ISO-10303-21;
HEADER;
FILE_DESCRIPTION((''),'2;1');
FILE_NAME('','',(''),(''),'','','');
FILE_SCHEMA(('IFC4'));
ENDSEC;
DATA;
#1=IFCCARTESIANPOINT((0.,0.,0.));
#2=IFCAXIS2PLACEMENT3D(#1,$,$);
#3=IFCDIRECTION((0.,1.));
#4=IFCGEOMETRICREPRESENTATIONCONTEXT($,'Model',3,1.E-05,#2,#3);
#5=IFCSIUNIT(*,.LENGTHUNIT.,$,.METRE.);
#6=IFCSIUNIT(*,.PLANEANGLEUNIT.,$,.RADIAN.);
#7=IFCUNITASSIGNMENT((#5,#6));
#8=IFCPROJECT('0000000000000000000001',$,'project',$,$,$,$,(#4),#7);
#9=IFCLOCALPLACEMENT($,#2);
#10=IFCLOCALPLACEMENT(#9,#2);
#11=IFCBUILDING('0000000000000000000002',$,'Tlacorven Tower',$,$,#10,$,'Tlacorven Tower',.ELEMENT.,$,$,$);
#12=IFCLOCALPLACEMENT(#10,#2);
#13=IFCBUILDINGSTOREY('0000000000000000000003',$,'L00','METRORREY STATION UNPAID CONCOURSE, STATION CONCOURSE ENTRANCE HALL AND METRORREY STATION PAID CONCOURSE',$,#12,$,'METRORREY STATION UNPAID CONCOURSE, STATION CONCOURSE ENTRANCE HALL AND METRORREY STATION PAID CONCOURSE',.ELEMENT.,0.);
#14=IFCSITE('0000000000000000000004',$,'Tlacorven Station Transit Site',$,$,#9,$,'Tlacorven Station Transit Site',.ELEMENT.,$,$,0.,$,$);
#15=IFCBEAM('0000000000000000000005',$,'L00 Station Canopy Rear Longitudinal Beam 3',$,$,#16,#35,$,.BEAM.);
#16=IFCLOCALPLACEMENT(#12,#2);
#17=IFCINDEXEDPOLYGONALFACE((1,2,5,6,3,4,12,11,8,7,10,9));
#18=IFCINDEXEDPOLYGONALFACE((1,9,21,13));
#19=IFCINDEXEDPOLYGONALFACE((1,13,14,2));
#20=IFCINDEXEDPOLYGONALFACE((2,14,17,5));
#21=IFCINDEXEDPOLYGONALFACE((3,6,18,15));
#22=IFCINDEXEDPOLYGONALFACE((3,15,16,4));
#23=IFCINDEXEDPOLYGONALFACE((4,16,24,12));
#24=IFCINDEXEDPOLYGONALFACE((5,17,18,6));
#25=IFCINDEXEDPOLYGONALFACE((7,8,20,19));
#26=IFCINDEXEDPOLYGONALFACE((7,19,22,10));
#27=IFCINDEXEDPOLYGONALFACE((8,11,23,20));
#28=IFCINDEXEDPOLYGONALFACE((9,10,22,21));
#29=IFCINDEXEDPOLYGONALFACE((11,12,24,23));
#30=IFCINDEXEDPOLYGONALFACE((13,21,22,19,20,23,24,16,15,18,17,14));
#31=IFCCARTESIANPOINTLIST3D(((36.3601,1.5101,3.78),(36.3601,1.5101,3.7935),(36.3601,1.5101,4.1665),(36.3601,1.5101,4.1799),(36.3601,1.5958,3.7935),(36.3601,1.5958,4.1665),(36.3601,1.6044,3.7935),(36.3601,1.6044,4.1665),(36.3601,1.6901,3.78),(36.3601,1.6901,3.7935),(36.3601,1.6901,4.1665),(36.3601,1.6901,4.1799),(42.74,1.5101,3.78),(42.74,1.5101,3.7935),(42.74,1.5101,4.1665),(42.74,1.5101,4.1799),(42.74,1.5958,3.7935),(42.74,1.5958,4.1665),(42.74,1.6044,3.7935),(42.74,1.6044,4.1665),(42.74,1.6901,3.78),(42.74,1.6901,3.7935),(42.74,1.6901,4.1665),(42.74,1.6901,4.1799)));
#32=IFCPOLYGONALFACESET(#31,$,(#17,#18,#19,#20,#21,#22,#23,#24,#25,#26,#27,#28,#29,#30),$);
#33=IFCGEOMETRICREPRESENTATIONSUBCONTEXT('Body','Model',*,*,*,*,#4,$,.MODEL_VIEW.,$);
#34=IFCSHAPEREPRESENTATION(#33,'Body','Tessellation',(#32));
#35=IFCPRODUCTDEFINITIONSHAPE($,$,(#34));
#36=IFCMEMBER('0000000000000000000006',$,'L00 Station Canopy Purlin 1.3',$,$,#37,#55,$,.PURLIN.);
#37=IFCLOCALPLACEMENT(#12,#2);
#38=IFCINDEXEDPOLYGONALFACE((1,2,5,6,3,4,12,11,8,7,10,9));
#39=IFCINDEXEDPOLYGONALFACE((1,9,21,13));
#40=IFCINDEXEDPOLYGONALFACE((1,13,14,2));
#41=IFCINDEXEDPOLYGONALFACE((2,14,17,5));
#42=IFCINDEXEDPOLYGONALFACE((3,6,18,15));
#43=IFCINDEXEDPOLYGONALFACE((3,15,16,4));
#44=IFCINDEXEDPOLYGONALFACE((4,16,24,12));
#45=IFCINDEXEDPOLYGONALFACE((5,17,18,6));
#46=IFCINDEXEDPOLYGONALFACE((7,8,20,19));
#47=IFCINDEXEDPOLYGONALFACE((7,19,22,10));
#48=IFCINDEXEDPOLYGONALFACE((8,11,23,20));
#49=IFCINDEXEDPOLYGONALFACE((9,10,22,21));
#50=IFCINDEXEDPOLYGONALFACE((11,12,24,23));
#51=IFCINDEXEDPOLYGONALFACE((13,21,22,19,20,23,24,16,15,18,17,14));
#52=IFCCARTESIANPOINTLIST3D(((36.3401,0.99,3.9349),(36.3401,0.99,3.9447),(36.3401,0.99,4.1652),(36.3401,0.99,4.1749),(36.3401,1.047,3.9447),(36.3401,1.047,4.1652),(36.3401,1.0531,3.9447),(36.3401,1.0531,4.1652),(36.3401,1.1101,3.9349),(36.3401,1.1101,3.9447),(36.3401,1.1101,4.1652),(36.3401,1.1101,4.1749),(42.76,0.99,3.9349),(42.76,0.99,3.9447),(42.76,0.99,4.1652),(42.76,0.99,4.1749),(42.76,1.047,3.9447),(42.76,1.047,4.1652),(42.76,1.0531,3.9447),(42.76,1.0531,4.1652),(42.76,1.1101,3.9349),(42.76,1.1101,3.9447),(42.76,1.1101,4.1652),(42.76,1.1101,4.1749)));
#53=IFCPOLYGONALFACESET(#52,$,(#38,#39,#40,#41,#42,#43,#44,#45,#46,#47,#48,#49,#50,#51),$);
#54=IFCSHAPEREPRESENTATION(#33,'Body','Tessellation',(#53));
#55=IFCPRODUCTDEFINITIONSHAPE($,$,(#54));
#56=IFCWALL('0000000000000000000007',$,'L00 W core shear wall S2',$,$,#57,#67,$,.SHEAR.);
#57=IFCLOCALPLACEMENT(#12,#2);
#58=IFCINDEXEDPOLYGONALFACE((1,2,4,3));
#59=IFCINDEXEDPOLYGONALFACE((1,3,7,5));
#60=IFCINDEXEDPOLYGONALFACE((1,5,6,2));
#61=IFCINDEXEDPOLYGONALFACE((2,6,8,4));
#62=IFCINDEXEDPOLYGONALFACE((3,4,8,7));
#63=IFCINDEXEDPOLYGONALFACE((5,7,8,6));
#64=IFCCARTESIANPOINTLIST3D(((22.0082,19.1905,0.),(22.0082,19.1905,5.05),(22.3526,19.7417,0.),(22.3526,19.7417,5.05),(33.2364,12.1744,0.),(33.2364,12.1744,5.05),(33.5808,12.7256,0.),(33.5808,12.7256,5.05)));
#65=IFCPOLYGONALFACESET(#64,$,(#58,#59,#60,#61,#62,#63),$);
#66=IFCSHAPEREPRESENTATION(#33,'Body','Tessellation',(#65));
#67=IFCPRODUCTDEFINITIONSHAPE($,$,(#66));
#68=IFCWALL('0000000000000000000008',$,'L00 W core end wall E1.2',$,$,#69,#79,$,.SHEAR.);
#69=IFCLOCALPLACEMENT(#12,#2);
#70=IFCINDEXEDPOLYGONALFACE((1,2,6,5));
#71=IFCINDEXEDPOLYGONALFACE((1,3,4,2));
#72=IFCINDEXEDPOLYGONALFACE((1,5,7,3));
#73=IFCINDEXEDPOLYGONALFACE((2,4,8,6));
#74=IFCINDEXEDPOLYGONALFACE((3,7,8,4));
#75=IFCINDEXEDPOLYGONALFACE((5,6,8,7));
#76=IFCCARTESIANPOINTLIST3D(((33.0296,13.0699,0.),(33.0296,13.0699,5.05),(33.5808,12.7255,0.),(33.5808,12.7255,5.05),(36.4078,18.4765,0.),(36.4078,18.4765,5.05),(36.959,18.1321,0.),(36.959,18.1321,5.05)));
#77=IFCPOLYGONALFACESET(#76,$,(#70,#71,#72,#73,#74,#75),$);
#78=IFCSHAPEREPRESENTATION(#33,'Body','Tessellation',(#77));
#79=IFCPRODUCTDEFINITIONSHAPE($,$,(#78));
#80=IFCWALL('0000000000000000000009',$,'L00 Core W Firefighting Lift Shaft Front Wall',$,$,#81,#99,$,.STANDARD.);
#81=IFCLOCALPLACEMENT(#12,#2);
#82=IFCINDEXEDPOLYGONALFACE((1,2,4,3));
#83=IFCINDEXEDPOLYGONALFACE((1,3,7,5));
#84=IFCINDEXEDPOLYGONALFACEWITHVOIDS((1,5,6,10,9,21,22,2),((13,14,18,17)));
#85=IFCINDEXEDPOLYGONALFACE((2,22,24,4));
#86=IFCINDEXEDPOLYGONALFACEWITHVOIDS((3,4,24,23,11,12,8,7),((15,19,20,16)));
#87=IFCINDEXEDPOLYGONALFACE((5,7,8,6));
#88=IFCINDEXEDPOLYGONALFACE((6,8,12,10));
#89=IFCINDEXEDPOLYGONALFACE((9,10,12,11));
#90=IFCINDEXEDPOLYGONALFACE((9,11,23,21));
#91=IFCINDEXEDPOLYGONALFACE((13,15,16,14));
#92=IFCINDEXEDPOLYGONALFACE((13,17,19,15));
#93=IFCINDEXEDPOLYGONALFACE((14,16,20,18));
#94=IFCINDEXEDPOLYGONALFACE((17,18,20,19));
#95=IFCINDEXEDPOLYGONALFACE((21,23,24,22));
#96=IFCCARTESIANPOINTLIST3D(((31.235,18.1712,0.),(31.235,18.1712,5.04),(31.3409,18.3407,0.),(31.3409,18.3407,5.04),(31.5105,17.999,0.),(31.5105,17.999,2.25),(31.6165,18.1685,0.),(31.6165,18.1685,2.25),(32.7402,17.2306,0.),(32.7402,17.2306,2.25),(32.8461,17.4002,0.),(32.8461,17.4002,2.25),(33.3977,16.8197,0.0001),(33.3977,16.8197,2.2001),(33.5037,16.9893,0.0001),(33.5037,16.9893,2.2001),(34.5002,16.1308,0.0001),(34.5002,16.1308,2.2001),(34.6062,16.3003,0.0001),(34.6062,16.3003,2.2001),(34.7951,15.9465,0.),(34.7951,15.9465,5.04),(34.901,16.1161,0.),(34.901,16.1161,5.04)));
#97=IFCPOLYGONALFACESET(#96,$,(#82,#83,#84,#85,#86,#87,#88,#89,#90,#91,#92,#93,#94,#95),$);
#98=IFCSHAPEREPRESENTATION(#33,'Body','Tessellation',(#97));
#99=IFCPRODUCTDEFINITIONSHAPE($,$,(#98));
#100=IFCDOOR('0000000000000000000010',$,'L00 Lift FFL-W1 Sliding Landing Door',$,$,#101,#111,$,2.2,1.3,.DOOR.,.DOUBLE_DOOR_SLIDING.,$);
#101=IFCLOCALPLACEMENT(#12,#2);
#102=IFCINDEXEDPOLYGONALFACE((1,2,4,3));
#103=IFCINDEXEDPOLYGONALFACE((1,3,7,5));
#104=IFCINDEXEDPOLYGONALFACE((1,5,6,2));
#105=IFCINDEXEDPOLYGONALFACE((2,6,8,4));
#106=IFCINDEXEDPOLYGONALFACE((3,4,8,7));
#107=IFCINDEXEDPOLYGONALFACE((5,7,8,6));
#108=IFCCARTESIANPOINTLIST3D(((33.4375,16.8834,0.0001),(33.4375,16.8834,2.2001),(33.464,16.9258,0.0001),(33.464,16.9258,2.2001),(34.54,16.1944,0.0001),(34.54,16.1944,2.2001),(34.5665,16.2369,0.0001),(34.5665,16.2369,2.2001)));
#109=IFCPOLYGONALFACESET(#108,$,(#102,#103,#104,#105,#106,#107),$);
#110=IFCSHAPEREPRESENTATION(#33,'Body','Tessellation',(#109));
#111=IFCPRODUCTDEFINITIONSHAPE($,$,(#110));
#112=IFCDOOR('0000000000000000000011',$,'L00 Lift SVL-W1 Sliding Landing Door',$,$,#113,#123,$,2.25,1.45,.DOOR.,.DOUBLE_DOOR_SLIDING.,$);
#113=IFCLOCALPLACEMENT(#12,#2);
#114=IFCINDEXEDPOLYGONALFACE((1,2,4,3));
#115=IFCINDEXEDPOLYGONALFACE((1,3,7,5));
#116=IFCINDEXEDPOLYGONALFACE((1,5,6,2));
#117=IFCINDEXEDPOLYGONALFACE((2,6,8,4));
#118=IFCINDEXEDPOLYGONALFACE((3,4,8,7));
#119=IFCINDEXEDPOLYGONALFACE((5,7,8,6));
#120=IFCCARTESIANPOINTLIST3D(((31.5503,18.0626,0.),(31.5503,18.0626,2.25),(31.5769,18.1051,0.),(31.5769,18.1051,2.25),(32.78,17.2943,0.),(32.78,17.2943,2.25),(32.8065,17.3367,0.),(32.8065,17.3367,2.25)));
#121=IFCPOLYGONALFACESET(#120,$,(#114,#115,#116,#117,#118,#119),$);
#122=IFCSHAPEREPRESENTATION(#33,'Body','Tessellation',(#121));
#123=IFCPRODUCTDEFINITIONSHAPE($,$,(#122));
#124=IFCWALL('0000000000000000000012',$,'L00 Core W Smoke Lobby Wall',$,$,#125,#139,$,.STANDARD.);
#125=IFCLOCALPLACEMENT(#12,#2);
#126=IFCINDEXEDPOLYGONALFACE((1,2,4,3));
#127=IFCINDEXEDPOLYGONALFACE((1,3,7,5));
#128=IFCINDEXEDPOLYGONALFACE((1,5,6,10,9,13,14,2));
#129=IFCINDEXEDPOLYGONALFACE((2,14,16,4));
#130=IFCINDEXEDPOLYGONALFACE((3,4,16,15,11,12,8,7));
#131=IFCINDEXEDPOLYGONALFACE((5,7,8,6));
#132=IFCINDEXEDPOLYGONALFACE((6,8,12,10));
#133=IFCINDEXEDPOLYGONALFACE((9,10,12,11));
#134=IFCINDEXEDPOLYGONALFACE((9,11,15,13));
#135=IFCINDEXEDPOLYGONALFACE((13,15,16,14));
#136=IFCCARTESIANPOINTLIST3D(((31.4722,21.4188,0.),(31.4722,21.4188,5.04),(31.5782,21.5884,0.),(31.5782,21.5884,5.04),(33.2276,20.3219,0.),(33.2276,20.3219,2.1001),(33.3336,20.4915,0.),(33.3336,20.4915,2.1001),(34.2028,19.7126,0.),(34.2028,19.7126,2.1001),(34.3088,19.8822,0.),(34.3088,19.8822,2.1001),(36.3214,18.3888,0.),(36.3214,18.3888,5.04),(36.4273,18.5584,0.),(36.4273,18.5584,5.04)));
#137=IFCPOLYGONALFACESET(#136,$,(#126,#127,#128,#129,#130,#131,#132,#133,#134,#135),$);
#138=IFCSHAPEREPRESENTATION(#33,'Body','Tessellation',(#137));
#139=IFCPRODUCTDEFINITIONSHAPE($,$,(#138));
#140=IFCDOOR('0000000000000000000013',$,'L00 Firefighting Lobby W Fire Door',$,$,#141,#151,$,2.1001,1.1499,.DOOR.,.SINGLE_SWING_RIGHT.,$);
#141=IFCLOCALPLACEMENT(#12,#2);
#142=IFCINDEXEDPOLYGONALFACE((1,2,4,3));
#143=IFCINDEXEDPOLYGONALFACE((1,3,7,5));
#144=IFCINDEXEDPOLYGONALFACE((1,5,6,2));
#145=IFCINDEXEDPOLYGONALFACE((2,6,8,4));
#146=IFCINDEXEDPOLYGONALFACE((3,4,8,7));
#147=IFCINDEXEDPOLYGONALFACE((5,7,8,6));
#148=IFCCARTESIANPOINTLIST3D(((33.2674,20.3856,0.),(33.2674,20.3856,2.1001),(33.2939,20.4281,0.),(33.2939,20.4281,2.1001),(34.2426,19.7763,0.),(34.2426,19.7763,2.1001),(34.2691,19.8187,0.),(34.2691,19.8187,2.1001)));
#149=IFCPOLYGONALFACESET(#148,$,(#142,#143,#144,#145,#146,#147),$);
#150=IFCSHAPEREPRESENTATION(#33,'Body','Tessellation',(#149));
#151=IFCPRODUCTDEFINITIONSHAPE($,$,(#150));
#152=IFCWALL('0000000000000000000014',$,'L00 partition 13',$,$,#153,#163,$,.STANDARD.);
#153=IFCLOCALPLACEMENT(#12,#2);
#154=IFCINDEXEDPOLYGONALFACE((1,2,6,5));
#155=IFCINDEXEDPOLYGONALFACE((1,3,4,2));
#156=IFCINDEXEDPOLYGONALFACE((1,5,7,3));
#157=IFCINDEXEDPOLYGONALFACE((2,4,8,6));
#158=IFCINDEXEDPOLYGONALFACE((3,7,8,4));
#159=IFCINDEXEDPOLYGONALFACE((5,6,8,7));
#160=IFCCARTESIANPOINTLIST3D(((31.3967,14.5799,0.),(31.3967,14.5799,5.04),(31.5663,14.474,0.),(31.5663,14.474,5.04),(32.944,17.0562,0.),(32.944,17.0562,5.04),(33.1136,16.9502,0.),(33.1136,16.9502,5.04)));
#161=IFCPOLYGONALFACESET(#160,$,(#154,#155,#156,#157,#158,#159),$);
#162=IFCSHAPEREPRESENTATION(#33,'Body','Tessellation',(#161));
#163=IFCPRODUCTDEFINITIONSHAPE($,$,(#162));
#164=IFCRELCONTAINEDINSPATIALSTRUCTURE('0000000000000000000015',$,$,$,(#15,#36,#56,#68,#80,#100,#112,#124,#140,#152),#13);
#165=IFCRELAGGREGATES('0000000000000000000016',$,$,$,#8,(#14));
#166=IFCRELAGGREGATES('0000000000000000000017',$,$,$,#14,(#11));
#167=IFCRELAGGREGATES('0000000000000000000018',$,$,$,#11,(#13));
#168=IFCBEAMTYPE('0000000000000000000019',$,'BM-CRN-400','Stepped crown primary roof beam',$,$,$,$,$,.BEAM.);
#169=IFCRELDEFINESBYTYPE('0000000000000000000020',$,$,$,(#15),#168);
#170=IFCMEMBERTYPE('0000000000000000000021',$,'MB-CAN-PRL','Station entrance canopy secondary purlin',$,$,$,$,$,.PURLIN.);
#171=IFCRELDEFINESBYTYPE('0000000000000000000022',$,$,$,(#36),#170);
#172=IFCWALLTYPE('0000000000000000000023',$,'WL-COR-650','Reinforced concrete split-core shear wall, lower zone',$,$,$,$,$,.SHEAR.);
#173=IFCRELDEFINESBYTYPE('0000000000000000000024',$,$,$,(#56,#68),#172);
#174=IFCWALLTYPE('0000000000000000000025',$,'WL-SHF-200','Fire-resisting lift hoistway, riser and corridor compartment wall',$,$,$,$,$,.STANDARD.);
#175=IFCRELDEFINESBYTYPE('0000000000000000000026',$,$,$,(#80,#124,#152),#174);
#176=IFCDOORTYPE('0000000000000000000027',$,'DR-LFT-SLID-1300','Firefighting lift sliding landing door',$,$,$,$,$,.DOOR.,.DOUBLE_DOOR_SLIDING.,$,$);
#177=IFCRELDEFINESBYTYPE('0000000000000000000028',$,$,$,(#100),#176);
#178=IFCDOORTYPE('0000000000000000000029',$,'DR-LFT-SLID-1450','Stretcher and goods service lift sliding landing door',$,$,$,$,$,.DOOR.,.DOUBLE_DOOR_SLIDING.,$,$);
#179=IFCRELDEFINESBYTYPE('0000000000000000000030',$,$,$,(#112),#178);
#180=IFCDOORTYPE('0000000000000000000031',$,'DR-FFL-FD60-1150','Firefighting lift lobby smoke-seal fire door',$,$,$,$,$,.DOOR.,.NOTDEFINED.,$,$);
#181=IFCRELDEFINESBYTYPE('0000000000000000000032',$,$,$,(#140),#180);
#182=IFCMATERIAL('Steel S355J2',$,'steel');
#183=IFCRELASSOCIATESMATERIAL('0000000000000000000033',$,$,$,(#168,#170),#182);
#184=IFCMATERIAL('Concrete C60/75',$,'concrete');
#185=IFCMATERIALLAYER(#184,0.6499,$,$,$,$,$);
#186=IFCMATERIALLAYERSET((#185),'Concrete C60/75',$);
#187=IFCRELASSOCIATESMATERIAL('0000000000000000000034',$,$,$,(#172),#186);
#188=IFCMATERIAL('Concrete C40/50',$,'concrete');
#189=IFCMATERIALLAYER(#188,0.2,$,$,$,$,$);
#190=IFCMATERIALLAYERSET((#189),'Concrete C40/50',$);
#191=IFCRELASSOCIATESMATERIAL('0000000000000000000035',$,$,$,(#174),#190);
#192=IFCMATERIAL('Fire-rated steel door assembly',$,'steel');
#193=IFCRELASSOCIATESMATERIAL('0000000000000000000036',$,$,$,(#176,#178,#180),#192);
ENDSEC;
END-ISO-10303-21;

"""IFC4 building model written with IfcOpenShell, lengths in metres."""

from ifc_helpers import new_model, si_unit, direction, frame, frame_2d, origin, origin_2d, place, context, subcontext, project, spatial, rectangle, i_section, extrude, source, transform, mapped, material, layer, layer_set, material_profile, profile_set, type_object, element, fill, save


model = new_model("IFC4")

# Units and contexts
model_context = context("Model", 3, precision=1e-05, world=origin(), true_north=direction((0.0, 1.0)))
body_context = subcontext(model_context, "Body", "Model", "MODEL_VIEW")
ifc_project = project(units=[si_unit("LENGTHUNIT", "METRE"), si_unit("PLANEANGLEUNIT", "RADIAN")], contexts=[model_context])

# Site, building, storey
site_placement = place(None, origin())
site = spatial("IfcSite", under=ifc_project, at=site_placement, Name="Tlacorven Station Transit Site", LongName="Tlacorven Station Transit Site", CompositionType="ELEMENT", RefElevation=0.0)
building_placement = place(site_placement, origin())
building = spatial("IfcBuilding", under=site, at=building_placement, Name="Tlacorven Tower", LongName="Tlacorven Tower", CompositionType="ELEMENT")
storey_placement = place(building_placement, origin())
storey = spatial("IfcBuildingStorey", under=building, at=storey_placement, Name="L00", Description="METRORREY STATION UNPAID CONCOURSE, STATION CONCOURSE ENTRANCE HALL AND METRORREY STATION PAID CONCOURSE", LongName="METRORREY STATION UNPAID CONCOURSE, STATION CONCOURSE ENTRANCE HALL AND METRORREY STATION PAID CONCOURSE", CompositionType="ELEMENT", Elevation=0.0)

# Beam
ifc_material_1 = material(Name="Steel S355J2", Category="steel")
ifc_material_profile_1 = material_profile(ifc_material_1, i_section(OverallWidth=0.1799, OverallDepth=0.3999, WebThickness=0.0085, FlangeThickness=0.0134, at=origin_2d()), Name="IPE 400")
ifc_profile_set_1 = profile_set([ifc_material_profile_1], Name="Steel S355J2")
beam_type = type_object("IfcBeamType", Name="BM-CRN-400", Description="Stepped crown primary roof beam", PredefinedType="BEAM", material=ifc_profile_set_1)
shared_shape_1 = source(origin(), body_context, "Body", "SweptSolid", [
    extrude(i_section(OverallWidth=0.1799, OverallDepth=0.3999, WebThickness=0.0085, FlangeThickness=0.0134, at=origin_2d()), origin(), (0.0, 0.0, 1.0), 6.3799),
])
for number, where, z_axis, x_axis, name in (
    (1, (36.3601, 1.6001, 3.98), (1.0, 0.0, 0.0), (0.0, 1.0, 0.0), "L00 Station Canopy Rear Longitudinal Beam 3"),
):
    element("IfcBeam", number, at=place(storey_placement, frame(where, z_axis=z_axis, x_axis=x_axis)), inside=storey, type_object=beam_type, Name=name, PredefinedType="BEAM", context=body_context, shape_type="MappedRepresentation", body=[
        mapped(shared_shape_1, transform((0.0, 0.0, 0.0), scale=1.0)),
    ])

# Member
ifc_material_profile_2 = material_profile(ifc_material_1, i_section(OverallWidth=0.1201, OverallDepth=0.24, WebThickness=0.0061, FlangeThickness=0.0098, at=origin_2d()), Name="IPE 240")
ifc_profile_set_2 = profile_set([ifc_material_profile_2], Name="Steel S355J2")
member_type = type_object("IfcMemberType", Name="MB-CAN-PRL", Description="Station entrance canopy secondary purlin", PredefinedType="PURLIN", material=ifc_profile_set_2)
shared_shape_2 = source(origin(), body_context, "Body", "SweptSolid", [
    extrude(i_section(OverallWidth=0.1201, OverallDepth=0.24, WebThickness=0.0061, FlangeThickness=0.0098, at=origin_2d()), origin(), (0.0, 0.0, 1.0), 6.4199),
])
member_placement = place(storey_placement, frame((36.3401, 1.05, 4.0549), z_axis=(1.0, 0.0, 0.0), x_axis=(0.0, 1.0, 0.0)))
element("IfcMember", 2, at=member_placement, inside=storey, type_object=member_type, Name="L00 Station Canopy Purlin 1.3", PredefinedType="PURLIN", context=body_context, shape_type="MappedRepresentation", body=[
    mapped(shared_shape_2, transform((0.0, 0.0, 0.0), scale=1.0)),
])

# Walls
ifc_material_2 = material(Name="Concrete C60/75", Category="concrete")
ifc_layer_1 = layer(ifc_material_2, 0.6499)
ifc_layer_set_1 = layer_set([ifc_layer_1], Name="Concrete C60/75")
wall_type_1 = type_object("IfcWallType", Name="WL-COR-650", Description="Reinforced concrete split-core shear wall, lower zone", PredefinedType="SHEAR", material=ifc_layer_set_1)
wall_1_placement = place(storey_placement, frame((33.4087, 12.45, 0.0), z_axis=(0.0, 0.0, 1.0), x_axis=(-0.848051, 0.529914, 0.0)))
element("IfcWall", 3, at=wall_1_placement, inside=storey, type_object=wall_type_1, Name="L00 W core shear wall S2", PredefinedType="SHEAR", context=body_context, shape_type="SweptSolid", body=[
    extrude(rectangle(XDim=13.24, YDim=0.6499, at=frame_2d((6.6201, 0.0))), origin(), (0.0, 0.0, 1.0), 5.05),
])
wall_2_placement = place(storey_placement, frame((36.6833, 18.3042, 0.0), z_axis=(0.0, 0.0, 1.0), x_axis=(-0.529899, -0.848061, 0.0)))
element("IfcWall", 4, at=wall_2_placement, inside=storey, type_object=wall_type_1, Name="L00 W core end wall E1.2", PredefinedType="SHEAR", context=body_context, shape_type="SweptSolid", body=[
    extrude(rectangle(XDim=6.3752, YDim=0.6499, at=frame_2d((3.1875, 0.0))), origin(), (0.0, 0.0, 1.0), 5.05),
])

# Wall, openings, doors
ifc_material_3 = material(Name="Concrete C40/50", Category="concrete")
ifc_layer_2 = layer(ifc_material_3, 0.2)
ifc_layer_set_2 = layer_set([ifc_layer_2], Name="Concrete C40/50")
wall_type_2 = type_object("IfcWallType", Name="WL-SHF-200", Description="Fire-resisting lift hoistway, riser and corridor compartment wall", PredefinedType="STANDARD", material=ifc_layer_set_2)
wall_3_placement = place(storey_placement, frame((34.8481, 16.0312, 0.0), z_axis=(0.0, 0.0, 1.0), x_axis=(-0.848044, 0.529926, 0.0)))
wall_3 = element("IfcWall", 5, at=wall_3_placement, inside=storey, type_object=wall_type_2, Name="L00 Core W Firefighting Lift Shaft Front Wall", PredefinedType="STANDARD", context=body_context, shape_type="SweptSolid", body=[
    extrude(rectangle(XDim=4.198, YDim=0.2, at=frame_2d((2.0991, 0.0))), origin(), (0.0, 0.0, 1.0), 5.04),
])
opening_1_placement = place(wall_3_placement, frame((0.3479, 0.0, 0.0)))
opening_1 = element("IfcOpeningElement", 6, at=opening_1_placement, cuts=wall_3, PredefinedType="OPENING", context=body_context, shape_type="SweptSolid", body=[
    extrude(rectangle(XDim=1.3, YDim=2.2, at=frame_2d((0.6499, 1.1001))), frame((0.0, 0.1099, 0.0), z_axis=(0.0, -1.0, 0.0), x_axis=(1.0, 0.0, 0.0)), (0.0, 0.0, 1.0), 0.22),
])
opening_2_placement = place(wall_3_placement, frame((2.4231, 0.0, 0.0)))
opening_2 = element("IfcOpeningElement", 7, at=opening_2_placement, cuts=wall_3, PredefinedType="OPENING", context=body_context, shape_type="SweptSolid", body=[
    extrude(rectangle(XDim=1.45, YDim=2.25, at=frame_2d((0.7251, 1.125))), frame((0.0, 0.1099, 0.0), z_axis=(0.0, -1.0, 0.0), x_axis=(1.0, 0.0, 0.0)), (0.0, 0.0, 1.0), 0.22),
])
ifc_material_4 = material(Name="Fire-rated steel door assembly", Category="steel")
door_type_1 = type_object("IfcDoorType", Name="DR-LFT-SLID-1300", Description="Firefighting lift sliding landing door", OperationType="DOUBLE_DOOR_SLIDING", PredefinedType="DOOR", material=ifc_material_4)
shared_shape_3 = source(origin(), body_context, "Body", "SweptSolid", [
    extrude(rectangle(XDim=1.3, YDim=2.2, at=frame_2d((0.6499, 1.1001))), frame((0.0, 0.0249, 0.0), z_axis=(0.0, -1.0, 0.0), x_axis=(1.0, 0.0, 0.0)), (0.0, 0.0, 1.0), 0.05),
])
door_1_placement = place(opening_1_placement, origin())
door_1 = element("IfcDoor", 8, at=door_1_placement, inside=storey, type_object=door_type_1, Name="L00 Lift FFL-W1 Sliding Landing Door", OperationType="DOUBLE_DOOR_SLIDING", OverallHeight=2.2, OverallWidth=1.3, PredefinedType="DOOR", context=body_context, shape_type="MappedRepresentation", body=[
    mapped(shared_shape_3, transform((0.0, 0.0, 0.0), scale=1.0)),
])
fill(opening_1, door_1)
door_type_2 = type_object("IfcDoorType", Name="DR-LFT-SLID-1450", Description="Stretcher and goods service lift sliding landing door", OperationType="DOUBLE_DOOR_SLIDING", PredefinedType="DOOR", material=ifc_material_4)
shared_shape_4 = source(origin(), body_context, "Body", "SweptSolid", [
    extrude(rectangle(XDim=1.45, YDim=2.25, at=frame_2d((0.7251, 1.125))), frame((0.0, 0.0249, 0.0), z_axis=(0.0, -1.0, 0.0), x_axis=(1.0, 0.0, 0.0)), (0.0, 0.0, 1.0), 0.05),
])
door_2_placement = place(opening_2_placement, origin())
door_2 = element("IfcDoor", 9, at=door_2_placement, inside=storey, type_object=door_type_2, Name="L00 Lift SVL-W1 Sliding Landing Door", OperationType="DOUBLE_DOOR_SLIDING", OverallHeight=2.25, OverallWidth=1.45, PredefinedType="DOOR", context=body_context, shape_type="MappedRepresentation", body=[
    mapped(shared_shape_4, transform((0.0, 0.0, 0.0), scale=1.0)),
])
fill(opening_2, door_2)

# Wall, opening, door
wall_4_placement = place(storey_placement, frame((36.3743, 18.4736, 0.0), z_axis=(0.0, 0.0, 1.0), x_axis=(-0.848051, 0.529915, 0.0)))
wall_4 = element("IfcWall", 10, at=wall_4_placement, inside=storey, type_object=wall_type_2, Name="L00 Core W Smoke Lobby Wall", PredefinedType="STANDARD", context=body_context, shape_type="SweptSolid", body=[
    extrude(rectangle(XDim=5.718, YDim=0.2, at=frame_2d((2.8589, 0.0))), origin(), (0.0, 0.0, 1.0), 5.04),
])
opening_3_placement = place(wall_4_placement, frame((2.498, 0.0, 0.0)))
opening_3 = element("IfcOpeningElement", 11, at=opening_3_placement, cuts=wall_4, PredefinedType="OPENING", context=body_context, shape_type="SweptSolid", body=[
    extrude(rectangle(XDim=1.1499, YDim=2.1001, at=frame_2d((0.575, 1.05))), frame((0.0, 0.1099, 0.0), z_axis=(0.0, -1.0, 0.0), x_axis=(1.0, 0.0, 0.0)), (0.0, 0.0, 1.0), 0.22),
])
door_type_3 = type_object("IfcDoorType", Name="DR-FFL-FD60-1150", Description="Firefighting lift lobby smoke-seal fire door", OperationType="NOTDEFINED", PredefinedType="DOOR", material=ifc_material_4)
shared_shape_5 = source(origin(), body_context, "Body", "SweptSolid", [
    extrude(rectangle(XDim=1.1499, YDim=2.1001, at=frame_2d((0.575, 1.05))), frame((0.0, 0.0249, 0.0), z_axis=(0.0, -1.0, 0.0), x_axis=(1.0, 0.0, 0.0)), (0.0, 0.0, 1.0), 0.05),
])
door_3_placement = place(opening_3_placement, origin())
door_3 = element("IfcDoor", 12, at=door_3_placement, inside=storey, type_object=door_type_3, Name="L00 Firefighting Lobby W Fire Door", OperationType="SINGLE_SWING_RIGHT", OverallHeight=2.1001, OverallWidth=1.1499, PredefinedType="DOOR", context=body_context, shape_type="MappedRepresentation", body=[
    mapped(shared_shape_5, transform((0.0, 0.0, 0.0), scale=1.0)),
])
fill(opening_3, door_3)

# Wall
wall_5_placement = place(storey_placement, frame((33.0288, 17.0032, 0.0), z_axis=(0.0, 0.0, 1.0), x_axis=(-0.529916, -0.84805, 0.0)))
element("IfcWall", 13, at=wall_5_placement, inside=storey, type_object=wall_type_2, Name="L00 partition 13", PredefinedType="STANDARD", context=body_context, shape_type="SweptSolid", body=[
    extrude(rectangle(XDim=2.9199, YDim=0.2, at=frame_2d((1.46, 0.0))), origin(), (0.0, 0.0, 1.0), 5.04),
])

save(model, "model.ifc")
